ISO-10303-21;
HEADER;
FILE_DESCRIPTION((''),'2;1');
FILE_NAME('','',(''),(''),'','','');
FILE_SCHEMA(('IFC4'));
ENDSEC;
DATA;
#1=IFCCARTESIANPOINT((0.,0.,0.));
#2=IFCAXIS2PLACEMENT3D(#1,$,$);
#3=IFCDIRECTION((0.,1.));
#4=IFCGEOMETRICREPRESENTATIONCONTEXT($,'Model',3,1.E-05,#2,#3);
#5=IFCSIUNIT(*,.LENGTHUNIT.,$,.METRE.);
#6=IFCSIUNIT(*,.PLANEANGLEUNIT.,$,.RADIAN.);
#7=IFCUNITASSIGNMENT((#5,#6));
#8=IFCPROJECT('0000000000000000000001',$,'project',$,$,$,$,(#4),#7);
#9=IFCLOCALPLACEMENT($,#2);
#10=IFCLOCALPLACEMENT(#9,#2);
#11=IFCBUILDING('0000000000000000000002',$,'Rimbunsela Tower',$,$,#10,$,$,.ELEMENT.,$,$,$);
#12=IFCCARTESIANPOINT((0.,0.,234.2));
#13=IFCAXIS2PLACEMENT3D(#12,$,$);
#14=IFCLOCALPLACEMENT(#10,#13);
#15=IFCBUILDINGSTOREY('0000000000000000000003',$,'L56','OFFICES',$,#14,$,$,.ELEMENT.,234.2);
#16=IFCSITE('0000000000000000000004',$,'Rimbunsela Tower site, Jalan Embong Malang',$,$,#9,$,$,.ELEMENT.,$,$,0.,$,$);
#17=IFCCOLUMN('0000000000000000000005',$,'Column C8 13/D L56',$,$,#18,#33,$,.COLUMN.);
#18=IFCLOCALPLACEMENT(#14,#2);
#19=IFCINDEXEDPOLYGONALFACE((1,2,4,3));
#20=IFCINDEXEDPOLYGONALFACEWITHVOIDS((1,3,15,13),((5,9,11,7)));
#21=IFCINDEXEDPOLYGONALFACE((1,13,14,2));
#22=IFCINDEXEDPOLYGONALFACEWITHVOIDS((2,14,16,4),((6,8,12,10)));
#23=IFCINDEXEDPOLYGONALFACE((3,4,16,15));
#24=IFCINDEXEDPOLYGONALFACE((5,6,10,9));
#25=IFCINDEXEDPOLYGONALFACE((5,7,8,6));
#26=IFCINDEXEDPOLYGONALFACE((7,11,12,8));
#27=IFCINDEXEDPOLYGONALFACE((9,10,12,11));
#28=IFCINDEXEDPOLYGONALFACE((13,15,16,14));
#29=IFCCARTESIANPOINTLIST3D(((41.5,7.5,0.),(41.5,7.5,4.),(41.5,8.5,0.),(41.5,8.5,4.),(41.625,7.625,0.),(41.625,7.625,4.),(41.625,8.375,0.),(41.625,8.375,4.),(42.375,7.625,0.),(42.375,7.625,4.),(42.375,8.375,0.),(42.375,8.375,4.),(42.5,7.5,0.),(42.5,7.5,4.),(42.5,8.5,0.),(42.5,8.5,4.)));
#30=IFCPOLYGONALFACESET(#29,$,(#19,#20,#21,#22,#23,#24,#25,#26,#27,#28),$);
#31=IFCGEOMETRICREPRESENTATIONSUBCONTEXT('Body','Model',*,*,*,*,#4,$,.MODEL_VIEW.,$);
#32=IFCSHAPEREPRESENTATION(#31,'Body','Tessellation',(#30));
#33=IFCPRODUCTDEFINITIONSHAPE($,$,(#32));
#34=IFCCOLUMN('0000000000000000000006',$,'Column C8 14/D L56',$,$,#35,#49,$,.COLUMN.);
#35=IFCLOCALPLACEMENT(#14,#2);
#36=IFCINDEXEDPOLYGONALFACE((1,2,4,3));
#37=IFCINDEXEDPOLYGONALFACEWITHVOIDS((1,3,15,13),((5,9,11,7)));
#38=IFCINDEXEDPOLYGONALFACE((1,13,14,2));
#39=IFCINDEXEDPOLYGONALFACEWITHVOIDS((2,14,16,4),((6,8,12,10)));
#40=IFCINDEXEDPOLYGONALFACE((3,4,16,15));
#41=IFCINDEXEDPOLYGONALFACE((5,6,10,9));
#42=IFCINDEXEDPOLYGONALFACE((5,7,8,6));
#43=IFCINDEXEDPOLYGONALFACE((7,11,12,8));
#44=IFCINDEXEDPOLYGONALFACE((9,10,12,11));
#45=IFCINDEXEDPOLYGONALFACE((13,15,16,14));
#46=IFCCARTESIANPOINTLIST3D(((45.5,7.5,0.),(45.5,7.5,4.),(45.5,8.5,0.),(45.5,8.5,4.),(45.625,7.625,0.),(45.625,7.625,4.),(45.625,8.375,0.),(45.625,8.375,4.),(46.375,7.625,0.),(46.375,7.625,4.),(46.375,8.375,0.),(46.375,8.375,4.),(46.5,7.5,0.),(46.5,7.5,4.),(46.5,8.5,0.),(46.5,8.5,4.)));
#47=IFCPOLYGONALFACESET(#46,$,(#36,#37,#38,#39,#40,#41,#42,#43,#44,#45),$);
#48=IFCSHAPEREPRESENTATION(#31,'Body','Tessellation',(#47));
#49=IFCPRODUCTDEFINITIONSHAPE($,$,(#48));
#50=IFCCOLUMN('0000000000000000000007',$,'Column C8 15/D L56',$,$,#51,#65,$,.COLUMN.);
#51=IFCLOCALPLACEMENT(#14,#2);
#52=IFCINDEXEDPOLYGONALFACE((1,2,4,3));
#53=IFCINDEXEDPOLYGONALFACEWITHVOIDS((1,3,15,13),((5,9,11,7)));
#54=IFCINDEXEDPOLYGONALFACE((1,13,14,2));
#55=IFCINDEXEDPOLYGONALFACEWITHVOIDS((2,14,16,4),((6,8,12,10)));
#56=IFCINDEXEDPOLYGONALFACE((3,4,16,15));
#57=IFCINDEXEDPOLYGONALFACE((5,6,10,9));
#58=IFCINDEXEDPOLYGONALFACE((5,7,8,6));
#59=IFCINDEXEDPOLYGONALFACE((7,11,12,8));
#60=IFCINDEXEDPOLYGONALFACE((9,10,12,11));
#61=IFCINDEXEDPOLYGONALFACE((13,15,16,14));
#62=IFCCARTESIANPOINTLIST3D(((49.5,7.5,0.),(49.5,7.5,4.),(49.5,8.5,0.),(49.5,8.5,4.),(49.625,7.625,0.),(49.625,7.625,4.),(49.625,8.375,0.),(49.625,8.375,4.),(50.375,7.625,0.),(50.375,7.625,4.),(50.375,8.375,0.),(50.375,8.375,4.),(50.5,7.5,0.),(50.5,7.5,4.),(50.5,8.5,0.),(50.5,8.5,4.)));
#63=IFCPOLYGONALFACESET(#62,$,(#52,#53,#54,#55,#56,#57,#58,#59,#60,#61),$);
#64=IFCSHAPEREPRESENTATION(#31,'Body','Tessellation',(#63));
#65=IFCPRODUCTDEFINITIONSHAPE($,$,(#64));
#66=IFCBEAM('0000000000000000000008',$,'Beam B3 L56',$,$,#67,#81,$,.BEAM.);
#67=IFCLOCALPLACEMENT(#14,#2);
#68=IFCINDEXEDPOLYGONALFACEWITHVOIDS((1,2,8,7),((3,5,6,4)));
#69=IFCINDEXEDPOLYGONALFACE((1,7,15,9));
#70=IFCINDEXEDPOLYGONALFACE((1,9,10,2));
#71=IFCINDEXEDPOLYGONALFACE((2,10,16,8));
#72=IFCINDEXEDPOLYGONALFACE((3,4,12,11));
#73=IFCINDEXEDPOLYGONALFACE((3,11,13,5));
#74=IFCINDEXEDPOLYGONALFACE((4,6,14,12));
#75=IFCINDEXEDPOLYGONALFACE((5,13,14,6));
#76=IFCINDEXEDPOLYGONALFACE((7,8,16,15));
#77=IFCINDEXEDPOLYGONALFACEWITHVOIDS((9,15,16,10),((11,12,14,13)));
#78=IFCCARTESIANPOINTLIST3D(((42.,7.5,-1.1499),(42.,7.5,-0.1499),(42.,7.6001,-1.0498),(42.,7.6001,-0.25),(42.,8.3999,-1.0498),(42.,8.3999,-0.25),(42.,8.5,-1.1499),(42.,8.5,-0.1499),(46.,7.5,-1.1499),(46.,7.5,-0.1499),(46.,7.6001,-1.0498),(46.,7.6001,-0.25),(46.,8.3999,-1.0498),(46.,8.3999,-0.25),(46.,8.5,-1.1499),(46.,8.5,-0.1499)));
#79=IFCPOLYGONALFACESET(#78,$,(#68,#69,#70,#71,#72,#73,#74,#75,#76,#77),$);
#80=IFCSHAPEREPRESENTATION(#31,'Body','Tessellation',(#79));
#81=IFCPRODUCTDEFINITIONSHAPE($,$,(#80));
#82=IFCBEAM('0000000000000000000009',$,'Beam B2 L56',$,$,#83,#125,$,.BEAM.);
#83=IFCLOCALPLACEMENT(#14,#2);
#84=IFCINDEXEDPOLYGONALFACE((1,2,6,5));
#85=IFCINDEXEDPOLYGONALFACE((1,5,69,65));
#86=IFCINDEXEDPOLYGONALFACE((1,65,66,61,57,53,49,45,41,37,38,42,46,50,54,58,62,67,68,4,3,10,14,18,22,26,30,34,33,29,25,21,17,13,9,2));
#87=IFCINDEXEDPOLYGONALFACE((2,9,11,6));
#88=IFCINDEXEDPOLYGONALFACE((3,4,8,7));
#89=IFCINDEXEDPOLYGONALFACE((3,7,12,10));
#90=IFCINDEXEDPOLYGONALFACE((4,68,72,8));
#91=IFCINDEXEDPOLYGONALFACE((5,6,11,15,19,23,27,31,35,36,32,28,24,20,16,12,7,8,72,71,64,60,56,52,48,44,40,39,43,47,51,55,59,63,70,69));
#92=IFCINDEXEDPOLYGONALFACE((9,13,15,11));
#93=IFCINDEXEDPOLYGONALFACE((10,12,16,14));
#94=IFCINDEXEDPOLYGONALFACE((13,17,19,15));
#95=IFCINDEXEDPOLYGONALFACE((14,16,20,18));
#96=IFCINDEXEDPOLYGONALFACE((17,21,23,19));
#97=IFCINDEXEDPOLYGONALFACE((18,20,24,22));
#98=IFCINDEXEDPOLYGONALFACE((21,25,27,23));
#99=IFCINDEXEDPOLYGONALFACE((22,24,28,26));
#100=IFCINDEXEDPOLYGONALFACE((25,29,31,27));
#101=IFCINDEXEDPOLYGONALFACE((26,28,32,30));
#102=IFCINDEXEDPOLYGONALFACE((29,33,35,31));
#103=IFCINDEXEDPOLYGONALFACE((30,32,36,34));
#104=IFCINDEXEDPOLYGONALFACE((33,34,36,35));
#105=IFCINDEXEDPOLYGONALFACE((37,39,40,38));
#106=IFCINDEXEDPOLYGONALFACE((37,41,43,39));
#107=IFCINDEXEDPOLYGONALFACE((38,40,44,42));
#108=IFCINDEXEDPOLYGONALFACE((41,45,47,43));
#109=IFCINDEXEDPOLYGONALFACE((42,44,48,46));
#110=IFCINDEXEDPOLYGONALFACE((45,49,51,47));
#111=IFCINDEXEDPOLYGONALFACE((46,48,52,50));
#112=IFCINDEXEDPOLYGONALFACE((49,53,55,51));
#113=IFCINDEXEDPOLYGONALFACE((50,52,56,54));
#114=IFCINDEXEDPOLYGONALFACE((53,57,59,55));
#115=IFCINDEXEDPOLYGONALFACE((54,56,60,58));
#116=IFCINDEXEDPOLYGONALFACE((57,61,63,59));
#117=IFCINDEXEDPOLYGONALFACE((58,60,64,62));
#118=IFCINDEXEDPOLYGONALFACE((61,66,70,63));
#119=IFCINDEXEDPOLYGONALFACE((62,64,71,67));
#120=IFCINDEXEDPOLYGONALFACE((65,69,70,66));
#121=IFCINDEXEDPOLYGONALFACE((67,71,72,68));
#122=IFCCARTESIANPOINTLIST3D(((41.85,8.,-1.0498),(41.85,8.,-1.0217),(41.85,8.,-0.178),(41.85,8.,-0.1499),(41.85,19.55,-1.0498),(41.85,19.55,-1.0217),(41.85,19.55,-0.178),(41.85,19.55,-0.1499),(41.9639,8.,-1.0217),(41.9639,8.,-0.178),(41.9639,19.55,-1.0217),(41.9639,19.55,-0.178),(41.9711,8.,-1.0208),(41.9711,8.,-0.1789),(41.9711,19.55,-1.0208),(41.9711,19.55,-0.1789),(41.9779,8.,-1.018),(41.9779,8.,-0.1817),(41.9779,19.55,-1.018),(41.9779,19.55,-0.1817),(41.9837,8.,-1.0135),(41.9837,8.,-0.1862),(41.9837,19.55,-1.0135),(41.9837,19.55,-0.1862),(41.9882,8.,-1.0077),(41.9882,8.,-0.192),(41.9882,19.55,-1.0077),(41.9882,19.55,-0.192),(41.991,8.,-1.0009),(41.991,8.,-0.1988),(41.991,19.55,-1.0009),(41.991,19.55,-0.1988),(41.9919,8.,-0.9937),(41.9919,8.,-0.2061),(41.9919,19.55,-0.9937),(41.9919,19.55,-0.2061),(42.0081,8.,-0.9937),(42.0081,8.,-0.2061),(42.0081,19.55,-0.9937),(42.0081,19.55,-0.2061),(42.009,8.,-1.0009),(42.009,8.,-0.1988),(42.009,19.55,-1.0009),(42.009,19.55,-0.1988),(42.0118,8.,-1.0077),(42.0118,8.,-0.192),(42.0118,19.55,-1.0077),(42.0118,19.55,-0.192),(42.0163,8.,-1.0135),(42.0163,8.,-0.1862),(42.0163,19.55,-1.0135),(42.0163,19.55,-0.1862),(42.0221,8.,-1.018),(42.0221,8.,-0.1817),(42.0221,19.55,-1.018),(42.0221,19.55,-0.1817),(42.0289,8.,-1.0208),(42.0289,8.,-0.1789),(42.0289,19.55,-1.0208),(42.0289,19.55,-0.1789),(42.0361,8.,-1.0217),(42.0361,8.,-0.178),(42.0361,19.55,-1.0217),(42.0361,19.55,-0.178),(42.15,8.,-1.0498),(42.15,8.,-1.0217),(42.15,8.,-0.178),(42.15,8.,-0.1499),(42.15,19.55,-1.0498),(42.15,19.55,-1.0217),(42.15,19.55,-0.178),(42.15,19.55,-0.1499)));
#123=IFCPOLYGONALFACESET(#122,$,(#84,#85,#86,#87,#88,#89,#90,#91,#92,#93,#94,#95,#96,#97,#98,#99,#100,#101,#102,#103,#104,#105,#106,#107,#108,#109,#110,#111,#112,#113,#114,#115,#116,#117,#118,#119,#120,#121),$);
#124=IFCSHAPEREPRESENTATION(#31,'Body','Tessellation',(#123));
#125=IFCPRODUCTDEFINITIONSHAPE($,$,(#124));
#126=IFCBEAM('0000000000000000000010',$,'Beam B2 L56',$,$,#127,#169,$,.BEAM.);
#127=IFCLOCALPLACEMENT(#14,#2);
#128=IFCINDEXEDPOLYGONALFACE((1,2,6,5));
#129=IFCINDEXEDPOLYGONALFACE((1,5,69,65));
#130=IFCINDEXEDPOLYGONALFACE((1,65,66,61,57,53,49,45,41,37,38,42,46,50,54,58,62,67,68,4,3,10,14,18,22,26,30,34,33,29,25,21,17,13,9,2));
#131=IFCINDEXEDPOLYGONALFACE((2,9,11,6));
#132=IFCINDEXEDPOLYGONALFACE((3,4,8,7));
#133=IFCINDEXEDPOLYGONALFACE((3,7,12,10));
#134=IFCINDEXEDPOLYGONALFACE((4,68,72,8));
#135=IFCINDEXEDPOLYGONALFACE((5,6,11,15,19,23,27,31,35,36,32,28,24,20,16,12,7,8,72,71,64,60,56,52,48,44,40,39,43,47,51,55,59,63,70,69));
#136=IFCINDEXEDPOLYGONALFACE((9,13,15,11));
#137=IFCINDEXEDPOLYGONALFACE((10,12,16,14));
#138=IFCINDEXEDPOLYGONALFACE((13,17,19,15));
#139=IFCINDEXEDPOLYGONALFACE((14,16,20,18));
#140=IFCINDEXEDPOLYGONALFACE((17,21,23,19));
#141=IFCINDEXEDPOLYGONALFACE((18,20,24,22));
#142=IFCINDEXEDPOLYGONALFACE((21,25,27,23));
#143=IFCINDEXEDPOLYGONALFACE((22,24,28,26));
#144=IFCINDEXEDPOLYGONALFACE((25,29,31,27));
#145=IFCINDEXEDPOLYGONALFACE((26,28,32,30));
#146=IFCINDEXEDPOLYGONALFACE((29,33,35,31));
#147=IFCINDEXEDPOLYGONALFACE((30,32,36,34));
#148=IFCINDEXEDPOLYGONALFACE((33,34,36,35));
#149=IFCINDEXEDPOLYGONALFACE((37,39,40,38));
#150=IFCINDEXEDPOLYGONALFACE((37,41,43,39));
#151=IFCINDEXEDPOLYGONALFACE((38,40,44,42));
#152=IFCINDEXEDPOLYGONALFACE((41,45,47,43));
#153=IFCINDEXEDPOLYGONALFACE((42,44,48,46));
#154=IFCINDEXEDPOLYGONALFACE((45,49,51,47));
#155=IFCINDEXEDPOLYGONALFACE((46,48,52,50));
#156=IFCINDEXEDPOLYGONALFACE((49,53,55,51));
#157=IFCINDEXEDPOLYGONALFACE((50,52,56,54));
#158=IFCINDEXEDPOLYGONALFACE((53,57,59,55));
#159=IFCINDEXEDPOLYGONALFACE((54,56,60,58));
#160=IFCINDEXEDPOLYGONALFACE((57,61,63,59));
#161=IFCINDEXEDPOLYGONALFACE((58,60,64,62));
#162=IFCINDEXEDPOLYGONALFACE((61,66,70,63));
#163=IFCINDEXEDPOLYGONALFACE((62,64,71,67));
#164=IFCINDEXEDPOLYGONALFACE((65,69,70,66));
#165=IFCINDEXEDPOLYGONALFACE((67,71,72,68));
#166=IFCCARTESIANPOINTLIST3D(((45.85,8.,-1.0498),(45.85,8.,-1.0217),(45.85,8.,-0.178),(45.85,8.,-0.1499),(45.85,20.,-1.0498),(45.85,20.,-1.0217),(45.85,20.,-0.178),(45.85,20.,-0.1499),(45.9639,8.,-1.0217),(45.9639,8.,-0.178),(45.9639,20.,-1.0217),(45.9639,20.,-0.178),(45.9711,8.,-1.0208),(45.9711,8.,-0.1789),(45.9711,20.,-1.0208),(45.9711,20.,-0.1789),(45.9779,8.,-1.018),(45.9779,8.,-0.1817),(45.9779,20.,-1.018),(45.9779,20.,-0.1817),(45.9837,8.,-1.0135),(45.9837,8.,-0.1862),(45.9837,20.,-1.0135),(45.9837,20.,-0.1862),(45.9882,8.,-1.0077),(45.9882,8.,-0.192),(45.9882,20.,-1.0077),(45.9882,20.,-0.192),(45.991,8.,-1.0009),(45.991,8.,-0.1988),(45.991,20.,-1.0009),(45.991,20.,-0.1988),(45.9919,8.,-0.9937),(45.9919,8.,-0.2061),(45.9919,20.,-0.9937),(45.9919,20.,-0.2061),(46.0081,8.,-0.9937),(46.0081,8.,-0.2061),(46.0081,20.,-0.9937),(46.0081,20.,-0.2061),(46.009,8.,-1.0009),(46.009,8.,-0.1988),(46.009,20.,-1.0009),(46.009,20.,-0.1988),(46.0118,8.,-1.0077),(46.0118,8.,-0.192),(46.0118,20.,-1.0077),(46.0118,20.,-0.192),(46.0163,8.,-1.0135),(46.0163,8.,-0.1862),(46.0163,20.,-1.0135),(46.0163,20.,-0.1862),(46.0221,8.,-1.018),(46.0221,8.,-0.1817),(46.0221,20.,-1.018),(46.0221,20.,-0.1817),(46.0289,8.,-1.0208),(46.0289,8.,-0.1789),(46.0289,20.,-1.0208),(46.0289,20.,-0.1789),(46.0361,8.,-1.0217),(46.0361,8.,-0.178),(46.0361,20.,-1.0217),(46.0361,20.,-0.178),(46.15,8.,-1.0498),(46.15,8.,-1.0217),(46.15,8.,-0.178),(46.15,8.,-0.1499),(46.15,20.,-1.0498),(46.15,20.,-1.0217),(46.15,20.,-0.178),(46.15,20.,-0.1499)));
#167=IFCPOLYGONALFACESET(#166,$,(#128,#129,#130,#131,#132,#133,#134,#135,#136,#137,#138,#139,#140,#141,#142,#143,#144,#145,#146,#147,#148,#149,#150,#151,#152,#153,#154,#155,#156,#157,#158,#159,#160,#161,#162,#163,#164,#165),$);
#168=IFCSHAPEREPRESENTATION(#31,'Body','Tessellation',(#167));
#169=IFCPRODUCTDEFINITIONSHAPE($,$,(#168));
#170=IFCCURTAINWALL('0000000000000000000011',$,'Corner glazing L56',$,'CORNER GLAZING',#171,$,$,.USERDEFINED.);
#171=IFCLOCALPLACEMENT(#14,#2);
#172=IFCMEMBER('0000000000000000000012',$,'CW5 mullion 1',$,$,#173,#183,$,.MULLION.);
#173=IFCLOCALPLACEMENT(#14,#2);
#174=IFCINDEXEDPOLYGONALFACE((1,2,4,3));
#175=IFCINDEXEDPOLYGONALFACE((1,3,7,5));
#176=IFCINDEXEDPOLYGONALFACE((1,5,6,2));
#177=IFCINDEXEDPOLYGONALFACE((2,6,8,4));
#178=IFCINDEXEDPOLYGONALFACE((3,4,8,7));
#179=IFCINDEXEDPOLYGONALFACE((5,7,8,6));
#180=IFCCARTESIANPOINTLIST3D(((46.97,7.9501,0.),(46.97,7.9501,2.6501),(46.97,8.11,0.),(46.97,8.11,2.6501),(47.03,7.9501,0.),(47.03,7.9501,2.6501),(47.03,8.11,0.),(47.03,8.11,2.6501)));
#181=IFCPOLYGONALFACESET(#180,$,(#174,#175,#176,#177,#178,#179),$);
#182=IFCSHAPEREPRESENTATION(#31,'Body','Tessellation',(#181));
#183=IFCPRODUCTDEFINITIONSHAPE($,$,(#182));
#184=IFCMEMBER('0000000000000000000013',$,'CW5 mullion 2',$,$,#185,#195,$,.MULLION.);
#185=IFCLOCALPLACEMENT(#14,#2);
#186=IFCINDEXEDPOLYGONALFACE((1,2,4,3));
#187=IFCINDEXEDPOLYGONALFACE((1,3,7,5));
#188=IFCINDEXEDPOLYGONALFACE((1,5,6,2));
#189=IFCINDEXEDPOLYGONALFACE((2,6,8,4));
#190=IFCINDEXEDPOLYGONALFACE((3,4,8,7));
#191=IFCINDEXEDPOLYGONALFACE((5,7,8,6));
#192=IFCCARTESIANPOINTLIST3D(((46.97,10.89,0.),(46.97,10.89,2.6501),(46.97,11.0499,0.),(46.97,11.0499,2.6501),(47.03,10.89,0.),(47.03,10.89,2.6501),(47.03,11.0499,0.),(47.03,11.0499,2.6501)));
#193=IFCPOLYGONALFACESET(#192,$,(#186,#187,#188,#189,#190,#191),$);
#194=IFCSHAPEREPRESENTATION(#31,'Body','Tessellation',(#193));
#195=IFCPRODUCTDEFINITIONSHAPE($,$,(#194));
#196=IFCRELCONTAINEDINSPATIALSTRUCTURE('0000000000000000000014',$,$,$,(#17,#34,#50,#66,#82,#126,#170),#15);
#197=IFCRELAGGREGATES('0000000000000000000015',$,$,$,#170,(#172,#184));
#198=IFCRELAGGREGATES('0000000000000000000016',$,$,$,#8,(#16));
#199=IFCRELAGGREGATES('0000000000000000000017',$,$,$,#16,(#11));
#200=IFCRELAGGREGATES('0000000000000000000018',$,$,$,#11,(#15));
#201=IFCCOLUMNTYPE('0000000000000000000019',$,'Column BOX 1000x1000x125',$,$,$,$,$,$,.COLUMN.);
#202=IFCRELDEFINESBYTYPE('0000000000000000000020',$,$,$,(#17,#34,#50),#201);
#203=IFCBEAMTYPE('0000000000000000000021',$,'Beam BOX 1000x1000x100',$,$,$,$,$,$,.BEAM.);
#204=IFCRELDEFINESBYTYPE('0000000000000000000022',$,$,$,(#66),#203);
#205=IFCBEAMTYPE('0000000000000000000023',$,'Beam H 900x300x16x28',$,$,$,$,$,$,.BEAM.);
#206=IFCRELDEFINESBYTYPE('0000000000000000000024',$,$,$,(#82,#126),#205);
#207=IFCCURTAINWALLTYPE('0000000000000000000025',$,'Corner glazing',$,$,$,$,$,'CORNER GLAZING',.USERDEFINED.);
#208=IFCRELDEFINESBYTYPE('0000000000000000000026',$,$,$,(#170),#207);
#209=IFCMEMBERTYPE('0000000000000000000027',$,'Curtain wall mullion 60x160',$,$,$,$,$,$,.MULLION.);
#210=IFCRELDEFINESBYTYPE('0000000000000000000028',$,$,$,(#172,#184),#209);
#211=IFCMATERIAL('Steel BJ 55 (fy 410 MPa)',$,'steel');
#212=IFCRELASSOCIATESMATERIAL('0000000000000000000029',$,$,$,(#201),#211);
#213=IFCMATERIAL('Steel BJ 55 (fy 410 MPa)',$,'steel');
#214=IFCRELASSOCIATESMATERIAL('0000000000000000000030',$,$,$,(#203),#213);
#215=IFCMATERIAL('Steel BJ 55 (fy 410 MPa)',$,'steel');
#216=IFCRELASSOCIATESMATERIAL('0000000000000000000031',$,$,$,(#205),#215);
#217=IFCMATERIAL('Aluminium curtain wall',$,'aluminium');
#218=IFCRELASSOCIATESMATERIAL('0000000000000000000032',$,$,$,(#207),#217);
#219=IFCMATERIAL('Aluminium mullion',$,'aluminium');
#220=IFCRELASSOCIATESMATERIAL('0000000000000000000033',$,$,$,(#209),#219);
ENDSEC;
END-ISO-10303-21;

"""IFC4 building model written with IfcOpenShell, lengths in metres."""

from ifc_helpers import new_model, si_unit, direction, frame, origin, origin_2d, place, context, subcontext, project, spatial, rectangle, hollow_rectangle, i_section, extrude, material, material_profile, profile_set, type_object, element, aggregate, save


model = new_model("IFC4")

# Units and contexts
model_context = context("Model", 3, precision=1e-05, world=origin(), true_north=direction((0.0, 1.0)))
body_context = subcontext(model_context, "Body", "Model", "MODEL_VIEW")
ifc_project = project(units=[si_unit("LENGTHUNIT", "METRE"), si_unit("PLANEANGLEUNIT", "RADIAN")], contexts=[model_context])

# Site, building, storey
site_placement = place(None, origin())
site = spatial("IfcSite", under=ifc_project, at=site_placement, Name="Rimbunsela Tower site, Jalan Embong Malang", CompositionType="ELEMENT", RefElevation=0.0)
building_placement = place(site_placement, origin())
building = spatial("IfcBuilding", under=site, at=building_placement, Name="Rimbunsela Tower", CompositionType="ELEMENT")
storey_placement = place(building_placement, frame((0.0, 0.0, 234.2)))
storey = spatial("IfcBuildingStorey", under=building, at=storey_placement, Name="L56", Description="OFFICES", CompositionType="ELEMENT", Elevation=234.2)

# Columns
ifc_material_1 = material(Name="Steel BJ 55 (fy 410 MPa)", Category="steel")
ifc_material_profile_1 = material_profile(ifc_material_1, hollow_rectangle(XDim=1.0, YDim=1.0, WallThickness=0.125, at=origin_2d()), Name="BOX 1000x1000x125")
ifc_profile_set_1 = profile_set([ifc_material_profile_1], Name="Steel BJ 55 (fy 410 MPa)")
column_type = type_object("IfcColumnType", Name="Column BOX 1000x1000x125", PredefinedType="COLUMN", material=ifc_profile_set_1)
for number, where, z_axis, x_axis, name in (
    (1, (42.0, 8.0, 0.0), (0.0, 0.0, 1.0), (1.0, 0.0, 0.0), "Column C8 13/D L56"),
    (2, (46.0, 8.0, 0.0), (0.0, 0.0, 1.0), (1.0, 0.0, 0.0), "Column C8 14/D L56"),
    (3, (50.0, 8.0, 0.0), (0.0, 0.0, 1.0), (1.0, 0.0, 0.0), "Column C8 15/D L56"),
):
    element("IfcColumn", number, at=place(storey_placement, frame(where, z_axis=z_axis, x_axis=x_axis)), inside=storey, type_object=column_type, Name=name, PredefinedType="COLUMN", context=body_context, shape_type="SweptSolid", body=[
        extrude(hollow_rectangle(XDim=1.0, YDim=1.0, WallThickness=0.125, at=origin_2d()), origin(), (0.0, 0.0, 1.0), 4.0),
    ])

# Beams
ifc_material_2 = material(Name="Steel BJ 55 (fy 410 MPa)", Category="steel")
ifc_material_profile_2 = material_profile(ifc_material_2, hollow_rectangle(XDim=1.0, YDim=1.0, WallThickness=0.1001, at=origin_2d()), Name="BOX 1000x1000x100")
ifc_profile_set_2 = profile_set([ifc_material_profile_2], Name="Steel BJ 55 (fy 410 MPa)")
beam_type_1 = type_object("IfcBeamType", Name="Beam BOX 1000x1000x100", PredefinedType="BEAM", material=ifc_profile_set_2)
beam_1_placement = place(storey_placement, frame((42.0, 8.0, -0.6499), z_axis=(1.0, 0.0, 0.0), x_axis=(0.0, 1.0, 0.0)))
element("IfcBeam", 4, at=beam_1_placement, inside=storey, type_object=beam_type_1, Name="Beam B3 L56", PredefinedType="BEAM", context=body_context, shape_type="SweptSolid", body=[
    extrude(hollow_rectangle(XDim=1.0, YDim=1.0, WallThickness=0.1001, at=origin_2d()), origin(), (0.0, 0.0, 1.0), 4.0),
])
ifc_material_3 = material(Name="Steel BJ 55 (fy 410 MPa)", Category="steel")
ifc_material_profile_3 = material_profile(ifc_material_3, i_section(OverallWidth=0.3, OverallDepth=0.8999, WebThickness=0.0161, FlangeThickness=0.0281, FilletRadius=0.0281, at=origin_2d()), Name="H 900x300x16x28")
ifc_profile_set_3 = profile_set([ifc_material_profile_3], Name="Steel BJ 55 (fy 410 MPa)")
beam_type_2 = type_object("IfcBeamType", Name="Beam H 900x300x16x28", PredefinedType="BEAM", material=ifc_profile_set_3)
beam_2_placement = place(storey_placement, frame((42.0, 8.0, -0.5999), z_axis=(0.0, 1.0, 0.0), x_axis=(-1.0, 0.0, 0.0)))
element("IfcBeam", 5, at=beam_2_placement, inside=storey, type_object=beam_type_2, Name="Beam B2 L56", PredefinedType="BEAM", context=body_context, shape_type="SweptSolid", body=[
    extrude(i_section(OverallWidth=0.3, OverallDepth=0.8999, WebThickness=0.0161, FlangeThickness=0.0281, FilletRadius=0.0281, at=origin_2d()), origin(), (0.0, 0.0, 1.0), 11.55),
])
beam_3_placement = place(storey_placement, frame((46.0, 8.0, -0.5999), z_axis=(0.0, 1.0, 0.0), x_axis=(-1.0, 0.0, 0.0)))
element("IfcBeam", 6, at=beam_3_placement, inside=storey, type_object=beam_type_2, Name="Beam B2 L56", PredefinedType="BEAM", context=body_context, shape_type="SweptSolid", body=[
    extrude(i_section(OverallWidth=0.3, OverallDepth=0.8999, WebThickness=0.0161, FlangeThickness=0.0281, FilletRadius=0.0281, at=origin_2d()), origin(), (0.0, 0.0, 1.0), 12.0),
])

# Curtain wall, members
ifc_material_4 = material(Name="Aluminium curtain wall", Category="aluminium")
curtain_wall_type_1 = type_object("IfcCurtainWallType", Name="Corner glazing", ElementType="CORNER GLAZING", PredefinedType="USERDEFINED", material=ifc_material_4)
curtain_wall_1_placement = place(storey_placement, origin())
curtain_wall_1 = element("IfcCurtainWall", 7, at=curtain_wall_1_placement, inside=storey, type_object=curtain_wall_type_1, Name="Corner glazing L56", ObjectType="CORNER GLAZING", PredefinedType="USERDEFINED")
ifc_material_5 = material(Name="Aluminium mullion", Category="aluminium")
ifc_material_profile_4 = material_profile(ifc_material_5, rectangle(XDim=0.0601, YDim=0.1599, at=origin_2d()), Name="Mullion 60x160")
ifc_profile_set_4 = profile_set([ifc_material_profile_4], Name="Aluminium mullion")
member_type_1 = type_object("IfcMemberType", Name="Curtain wall mullion 60x160", PredefinedType="MULLION", material=ifc_profile_set_4)
member_1_placement = place(storey_placement, frame((47.0, 8.03, 0.0), z_axis=(0.0, 0.0, 1.0), x_axis=(-1.0, 0.0, 0.0)))
member_1 = element("IfcMember", 8, at=member_1_placement, type_object=member_type_1, Name="CW5 mullion 1", PredefinedType="MULLION", context=body_context, shape_type="SweptSolid", body=[
    extrude(rectangle(XDim=0.0601, YDim=0.1599, at=origin_2d()), origin(), (0.0, 0.0, 1.0), 2.6501),
])
member_2_placement = place(storey_placement, frame((47.0, 10.97, 0.0), z_axis=(0.0, 0.0, 1.0), x_axis=(-1.0, 0.0, 0.0)))
member_2 = element("IfcMember", 9, at=member_2_placement, type_object=member_type_1, Name="CW5 mullion 2", PredefinedType="MULLION", context=body_context, shape_type="SweptSolid", body=[
    extrude(rectangle(XDim=0.0601, YDim=0.1599, at=origin_2d()), origin(), (0.0, 0.0, 1.0), 2.6501),
])

aggregate(curtain_wall_1, [member_1, member_2])

save(model, "model.ifc")
